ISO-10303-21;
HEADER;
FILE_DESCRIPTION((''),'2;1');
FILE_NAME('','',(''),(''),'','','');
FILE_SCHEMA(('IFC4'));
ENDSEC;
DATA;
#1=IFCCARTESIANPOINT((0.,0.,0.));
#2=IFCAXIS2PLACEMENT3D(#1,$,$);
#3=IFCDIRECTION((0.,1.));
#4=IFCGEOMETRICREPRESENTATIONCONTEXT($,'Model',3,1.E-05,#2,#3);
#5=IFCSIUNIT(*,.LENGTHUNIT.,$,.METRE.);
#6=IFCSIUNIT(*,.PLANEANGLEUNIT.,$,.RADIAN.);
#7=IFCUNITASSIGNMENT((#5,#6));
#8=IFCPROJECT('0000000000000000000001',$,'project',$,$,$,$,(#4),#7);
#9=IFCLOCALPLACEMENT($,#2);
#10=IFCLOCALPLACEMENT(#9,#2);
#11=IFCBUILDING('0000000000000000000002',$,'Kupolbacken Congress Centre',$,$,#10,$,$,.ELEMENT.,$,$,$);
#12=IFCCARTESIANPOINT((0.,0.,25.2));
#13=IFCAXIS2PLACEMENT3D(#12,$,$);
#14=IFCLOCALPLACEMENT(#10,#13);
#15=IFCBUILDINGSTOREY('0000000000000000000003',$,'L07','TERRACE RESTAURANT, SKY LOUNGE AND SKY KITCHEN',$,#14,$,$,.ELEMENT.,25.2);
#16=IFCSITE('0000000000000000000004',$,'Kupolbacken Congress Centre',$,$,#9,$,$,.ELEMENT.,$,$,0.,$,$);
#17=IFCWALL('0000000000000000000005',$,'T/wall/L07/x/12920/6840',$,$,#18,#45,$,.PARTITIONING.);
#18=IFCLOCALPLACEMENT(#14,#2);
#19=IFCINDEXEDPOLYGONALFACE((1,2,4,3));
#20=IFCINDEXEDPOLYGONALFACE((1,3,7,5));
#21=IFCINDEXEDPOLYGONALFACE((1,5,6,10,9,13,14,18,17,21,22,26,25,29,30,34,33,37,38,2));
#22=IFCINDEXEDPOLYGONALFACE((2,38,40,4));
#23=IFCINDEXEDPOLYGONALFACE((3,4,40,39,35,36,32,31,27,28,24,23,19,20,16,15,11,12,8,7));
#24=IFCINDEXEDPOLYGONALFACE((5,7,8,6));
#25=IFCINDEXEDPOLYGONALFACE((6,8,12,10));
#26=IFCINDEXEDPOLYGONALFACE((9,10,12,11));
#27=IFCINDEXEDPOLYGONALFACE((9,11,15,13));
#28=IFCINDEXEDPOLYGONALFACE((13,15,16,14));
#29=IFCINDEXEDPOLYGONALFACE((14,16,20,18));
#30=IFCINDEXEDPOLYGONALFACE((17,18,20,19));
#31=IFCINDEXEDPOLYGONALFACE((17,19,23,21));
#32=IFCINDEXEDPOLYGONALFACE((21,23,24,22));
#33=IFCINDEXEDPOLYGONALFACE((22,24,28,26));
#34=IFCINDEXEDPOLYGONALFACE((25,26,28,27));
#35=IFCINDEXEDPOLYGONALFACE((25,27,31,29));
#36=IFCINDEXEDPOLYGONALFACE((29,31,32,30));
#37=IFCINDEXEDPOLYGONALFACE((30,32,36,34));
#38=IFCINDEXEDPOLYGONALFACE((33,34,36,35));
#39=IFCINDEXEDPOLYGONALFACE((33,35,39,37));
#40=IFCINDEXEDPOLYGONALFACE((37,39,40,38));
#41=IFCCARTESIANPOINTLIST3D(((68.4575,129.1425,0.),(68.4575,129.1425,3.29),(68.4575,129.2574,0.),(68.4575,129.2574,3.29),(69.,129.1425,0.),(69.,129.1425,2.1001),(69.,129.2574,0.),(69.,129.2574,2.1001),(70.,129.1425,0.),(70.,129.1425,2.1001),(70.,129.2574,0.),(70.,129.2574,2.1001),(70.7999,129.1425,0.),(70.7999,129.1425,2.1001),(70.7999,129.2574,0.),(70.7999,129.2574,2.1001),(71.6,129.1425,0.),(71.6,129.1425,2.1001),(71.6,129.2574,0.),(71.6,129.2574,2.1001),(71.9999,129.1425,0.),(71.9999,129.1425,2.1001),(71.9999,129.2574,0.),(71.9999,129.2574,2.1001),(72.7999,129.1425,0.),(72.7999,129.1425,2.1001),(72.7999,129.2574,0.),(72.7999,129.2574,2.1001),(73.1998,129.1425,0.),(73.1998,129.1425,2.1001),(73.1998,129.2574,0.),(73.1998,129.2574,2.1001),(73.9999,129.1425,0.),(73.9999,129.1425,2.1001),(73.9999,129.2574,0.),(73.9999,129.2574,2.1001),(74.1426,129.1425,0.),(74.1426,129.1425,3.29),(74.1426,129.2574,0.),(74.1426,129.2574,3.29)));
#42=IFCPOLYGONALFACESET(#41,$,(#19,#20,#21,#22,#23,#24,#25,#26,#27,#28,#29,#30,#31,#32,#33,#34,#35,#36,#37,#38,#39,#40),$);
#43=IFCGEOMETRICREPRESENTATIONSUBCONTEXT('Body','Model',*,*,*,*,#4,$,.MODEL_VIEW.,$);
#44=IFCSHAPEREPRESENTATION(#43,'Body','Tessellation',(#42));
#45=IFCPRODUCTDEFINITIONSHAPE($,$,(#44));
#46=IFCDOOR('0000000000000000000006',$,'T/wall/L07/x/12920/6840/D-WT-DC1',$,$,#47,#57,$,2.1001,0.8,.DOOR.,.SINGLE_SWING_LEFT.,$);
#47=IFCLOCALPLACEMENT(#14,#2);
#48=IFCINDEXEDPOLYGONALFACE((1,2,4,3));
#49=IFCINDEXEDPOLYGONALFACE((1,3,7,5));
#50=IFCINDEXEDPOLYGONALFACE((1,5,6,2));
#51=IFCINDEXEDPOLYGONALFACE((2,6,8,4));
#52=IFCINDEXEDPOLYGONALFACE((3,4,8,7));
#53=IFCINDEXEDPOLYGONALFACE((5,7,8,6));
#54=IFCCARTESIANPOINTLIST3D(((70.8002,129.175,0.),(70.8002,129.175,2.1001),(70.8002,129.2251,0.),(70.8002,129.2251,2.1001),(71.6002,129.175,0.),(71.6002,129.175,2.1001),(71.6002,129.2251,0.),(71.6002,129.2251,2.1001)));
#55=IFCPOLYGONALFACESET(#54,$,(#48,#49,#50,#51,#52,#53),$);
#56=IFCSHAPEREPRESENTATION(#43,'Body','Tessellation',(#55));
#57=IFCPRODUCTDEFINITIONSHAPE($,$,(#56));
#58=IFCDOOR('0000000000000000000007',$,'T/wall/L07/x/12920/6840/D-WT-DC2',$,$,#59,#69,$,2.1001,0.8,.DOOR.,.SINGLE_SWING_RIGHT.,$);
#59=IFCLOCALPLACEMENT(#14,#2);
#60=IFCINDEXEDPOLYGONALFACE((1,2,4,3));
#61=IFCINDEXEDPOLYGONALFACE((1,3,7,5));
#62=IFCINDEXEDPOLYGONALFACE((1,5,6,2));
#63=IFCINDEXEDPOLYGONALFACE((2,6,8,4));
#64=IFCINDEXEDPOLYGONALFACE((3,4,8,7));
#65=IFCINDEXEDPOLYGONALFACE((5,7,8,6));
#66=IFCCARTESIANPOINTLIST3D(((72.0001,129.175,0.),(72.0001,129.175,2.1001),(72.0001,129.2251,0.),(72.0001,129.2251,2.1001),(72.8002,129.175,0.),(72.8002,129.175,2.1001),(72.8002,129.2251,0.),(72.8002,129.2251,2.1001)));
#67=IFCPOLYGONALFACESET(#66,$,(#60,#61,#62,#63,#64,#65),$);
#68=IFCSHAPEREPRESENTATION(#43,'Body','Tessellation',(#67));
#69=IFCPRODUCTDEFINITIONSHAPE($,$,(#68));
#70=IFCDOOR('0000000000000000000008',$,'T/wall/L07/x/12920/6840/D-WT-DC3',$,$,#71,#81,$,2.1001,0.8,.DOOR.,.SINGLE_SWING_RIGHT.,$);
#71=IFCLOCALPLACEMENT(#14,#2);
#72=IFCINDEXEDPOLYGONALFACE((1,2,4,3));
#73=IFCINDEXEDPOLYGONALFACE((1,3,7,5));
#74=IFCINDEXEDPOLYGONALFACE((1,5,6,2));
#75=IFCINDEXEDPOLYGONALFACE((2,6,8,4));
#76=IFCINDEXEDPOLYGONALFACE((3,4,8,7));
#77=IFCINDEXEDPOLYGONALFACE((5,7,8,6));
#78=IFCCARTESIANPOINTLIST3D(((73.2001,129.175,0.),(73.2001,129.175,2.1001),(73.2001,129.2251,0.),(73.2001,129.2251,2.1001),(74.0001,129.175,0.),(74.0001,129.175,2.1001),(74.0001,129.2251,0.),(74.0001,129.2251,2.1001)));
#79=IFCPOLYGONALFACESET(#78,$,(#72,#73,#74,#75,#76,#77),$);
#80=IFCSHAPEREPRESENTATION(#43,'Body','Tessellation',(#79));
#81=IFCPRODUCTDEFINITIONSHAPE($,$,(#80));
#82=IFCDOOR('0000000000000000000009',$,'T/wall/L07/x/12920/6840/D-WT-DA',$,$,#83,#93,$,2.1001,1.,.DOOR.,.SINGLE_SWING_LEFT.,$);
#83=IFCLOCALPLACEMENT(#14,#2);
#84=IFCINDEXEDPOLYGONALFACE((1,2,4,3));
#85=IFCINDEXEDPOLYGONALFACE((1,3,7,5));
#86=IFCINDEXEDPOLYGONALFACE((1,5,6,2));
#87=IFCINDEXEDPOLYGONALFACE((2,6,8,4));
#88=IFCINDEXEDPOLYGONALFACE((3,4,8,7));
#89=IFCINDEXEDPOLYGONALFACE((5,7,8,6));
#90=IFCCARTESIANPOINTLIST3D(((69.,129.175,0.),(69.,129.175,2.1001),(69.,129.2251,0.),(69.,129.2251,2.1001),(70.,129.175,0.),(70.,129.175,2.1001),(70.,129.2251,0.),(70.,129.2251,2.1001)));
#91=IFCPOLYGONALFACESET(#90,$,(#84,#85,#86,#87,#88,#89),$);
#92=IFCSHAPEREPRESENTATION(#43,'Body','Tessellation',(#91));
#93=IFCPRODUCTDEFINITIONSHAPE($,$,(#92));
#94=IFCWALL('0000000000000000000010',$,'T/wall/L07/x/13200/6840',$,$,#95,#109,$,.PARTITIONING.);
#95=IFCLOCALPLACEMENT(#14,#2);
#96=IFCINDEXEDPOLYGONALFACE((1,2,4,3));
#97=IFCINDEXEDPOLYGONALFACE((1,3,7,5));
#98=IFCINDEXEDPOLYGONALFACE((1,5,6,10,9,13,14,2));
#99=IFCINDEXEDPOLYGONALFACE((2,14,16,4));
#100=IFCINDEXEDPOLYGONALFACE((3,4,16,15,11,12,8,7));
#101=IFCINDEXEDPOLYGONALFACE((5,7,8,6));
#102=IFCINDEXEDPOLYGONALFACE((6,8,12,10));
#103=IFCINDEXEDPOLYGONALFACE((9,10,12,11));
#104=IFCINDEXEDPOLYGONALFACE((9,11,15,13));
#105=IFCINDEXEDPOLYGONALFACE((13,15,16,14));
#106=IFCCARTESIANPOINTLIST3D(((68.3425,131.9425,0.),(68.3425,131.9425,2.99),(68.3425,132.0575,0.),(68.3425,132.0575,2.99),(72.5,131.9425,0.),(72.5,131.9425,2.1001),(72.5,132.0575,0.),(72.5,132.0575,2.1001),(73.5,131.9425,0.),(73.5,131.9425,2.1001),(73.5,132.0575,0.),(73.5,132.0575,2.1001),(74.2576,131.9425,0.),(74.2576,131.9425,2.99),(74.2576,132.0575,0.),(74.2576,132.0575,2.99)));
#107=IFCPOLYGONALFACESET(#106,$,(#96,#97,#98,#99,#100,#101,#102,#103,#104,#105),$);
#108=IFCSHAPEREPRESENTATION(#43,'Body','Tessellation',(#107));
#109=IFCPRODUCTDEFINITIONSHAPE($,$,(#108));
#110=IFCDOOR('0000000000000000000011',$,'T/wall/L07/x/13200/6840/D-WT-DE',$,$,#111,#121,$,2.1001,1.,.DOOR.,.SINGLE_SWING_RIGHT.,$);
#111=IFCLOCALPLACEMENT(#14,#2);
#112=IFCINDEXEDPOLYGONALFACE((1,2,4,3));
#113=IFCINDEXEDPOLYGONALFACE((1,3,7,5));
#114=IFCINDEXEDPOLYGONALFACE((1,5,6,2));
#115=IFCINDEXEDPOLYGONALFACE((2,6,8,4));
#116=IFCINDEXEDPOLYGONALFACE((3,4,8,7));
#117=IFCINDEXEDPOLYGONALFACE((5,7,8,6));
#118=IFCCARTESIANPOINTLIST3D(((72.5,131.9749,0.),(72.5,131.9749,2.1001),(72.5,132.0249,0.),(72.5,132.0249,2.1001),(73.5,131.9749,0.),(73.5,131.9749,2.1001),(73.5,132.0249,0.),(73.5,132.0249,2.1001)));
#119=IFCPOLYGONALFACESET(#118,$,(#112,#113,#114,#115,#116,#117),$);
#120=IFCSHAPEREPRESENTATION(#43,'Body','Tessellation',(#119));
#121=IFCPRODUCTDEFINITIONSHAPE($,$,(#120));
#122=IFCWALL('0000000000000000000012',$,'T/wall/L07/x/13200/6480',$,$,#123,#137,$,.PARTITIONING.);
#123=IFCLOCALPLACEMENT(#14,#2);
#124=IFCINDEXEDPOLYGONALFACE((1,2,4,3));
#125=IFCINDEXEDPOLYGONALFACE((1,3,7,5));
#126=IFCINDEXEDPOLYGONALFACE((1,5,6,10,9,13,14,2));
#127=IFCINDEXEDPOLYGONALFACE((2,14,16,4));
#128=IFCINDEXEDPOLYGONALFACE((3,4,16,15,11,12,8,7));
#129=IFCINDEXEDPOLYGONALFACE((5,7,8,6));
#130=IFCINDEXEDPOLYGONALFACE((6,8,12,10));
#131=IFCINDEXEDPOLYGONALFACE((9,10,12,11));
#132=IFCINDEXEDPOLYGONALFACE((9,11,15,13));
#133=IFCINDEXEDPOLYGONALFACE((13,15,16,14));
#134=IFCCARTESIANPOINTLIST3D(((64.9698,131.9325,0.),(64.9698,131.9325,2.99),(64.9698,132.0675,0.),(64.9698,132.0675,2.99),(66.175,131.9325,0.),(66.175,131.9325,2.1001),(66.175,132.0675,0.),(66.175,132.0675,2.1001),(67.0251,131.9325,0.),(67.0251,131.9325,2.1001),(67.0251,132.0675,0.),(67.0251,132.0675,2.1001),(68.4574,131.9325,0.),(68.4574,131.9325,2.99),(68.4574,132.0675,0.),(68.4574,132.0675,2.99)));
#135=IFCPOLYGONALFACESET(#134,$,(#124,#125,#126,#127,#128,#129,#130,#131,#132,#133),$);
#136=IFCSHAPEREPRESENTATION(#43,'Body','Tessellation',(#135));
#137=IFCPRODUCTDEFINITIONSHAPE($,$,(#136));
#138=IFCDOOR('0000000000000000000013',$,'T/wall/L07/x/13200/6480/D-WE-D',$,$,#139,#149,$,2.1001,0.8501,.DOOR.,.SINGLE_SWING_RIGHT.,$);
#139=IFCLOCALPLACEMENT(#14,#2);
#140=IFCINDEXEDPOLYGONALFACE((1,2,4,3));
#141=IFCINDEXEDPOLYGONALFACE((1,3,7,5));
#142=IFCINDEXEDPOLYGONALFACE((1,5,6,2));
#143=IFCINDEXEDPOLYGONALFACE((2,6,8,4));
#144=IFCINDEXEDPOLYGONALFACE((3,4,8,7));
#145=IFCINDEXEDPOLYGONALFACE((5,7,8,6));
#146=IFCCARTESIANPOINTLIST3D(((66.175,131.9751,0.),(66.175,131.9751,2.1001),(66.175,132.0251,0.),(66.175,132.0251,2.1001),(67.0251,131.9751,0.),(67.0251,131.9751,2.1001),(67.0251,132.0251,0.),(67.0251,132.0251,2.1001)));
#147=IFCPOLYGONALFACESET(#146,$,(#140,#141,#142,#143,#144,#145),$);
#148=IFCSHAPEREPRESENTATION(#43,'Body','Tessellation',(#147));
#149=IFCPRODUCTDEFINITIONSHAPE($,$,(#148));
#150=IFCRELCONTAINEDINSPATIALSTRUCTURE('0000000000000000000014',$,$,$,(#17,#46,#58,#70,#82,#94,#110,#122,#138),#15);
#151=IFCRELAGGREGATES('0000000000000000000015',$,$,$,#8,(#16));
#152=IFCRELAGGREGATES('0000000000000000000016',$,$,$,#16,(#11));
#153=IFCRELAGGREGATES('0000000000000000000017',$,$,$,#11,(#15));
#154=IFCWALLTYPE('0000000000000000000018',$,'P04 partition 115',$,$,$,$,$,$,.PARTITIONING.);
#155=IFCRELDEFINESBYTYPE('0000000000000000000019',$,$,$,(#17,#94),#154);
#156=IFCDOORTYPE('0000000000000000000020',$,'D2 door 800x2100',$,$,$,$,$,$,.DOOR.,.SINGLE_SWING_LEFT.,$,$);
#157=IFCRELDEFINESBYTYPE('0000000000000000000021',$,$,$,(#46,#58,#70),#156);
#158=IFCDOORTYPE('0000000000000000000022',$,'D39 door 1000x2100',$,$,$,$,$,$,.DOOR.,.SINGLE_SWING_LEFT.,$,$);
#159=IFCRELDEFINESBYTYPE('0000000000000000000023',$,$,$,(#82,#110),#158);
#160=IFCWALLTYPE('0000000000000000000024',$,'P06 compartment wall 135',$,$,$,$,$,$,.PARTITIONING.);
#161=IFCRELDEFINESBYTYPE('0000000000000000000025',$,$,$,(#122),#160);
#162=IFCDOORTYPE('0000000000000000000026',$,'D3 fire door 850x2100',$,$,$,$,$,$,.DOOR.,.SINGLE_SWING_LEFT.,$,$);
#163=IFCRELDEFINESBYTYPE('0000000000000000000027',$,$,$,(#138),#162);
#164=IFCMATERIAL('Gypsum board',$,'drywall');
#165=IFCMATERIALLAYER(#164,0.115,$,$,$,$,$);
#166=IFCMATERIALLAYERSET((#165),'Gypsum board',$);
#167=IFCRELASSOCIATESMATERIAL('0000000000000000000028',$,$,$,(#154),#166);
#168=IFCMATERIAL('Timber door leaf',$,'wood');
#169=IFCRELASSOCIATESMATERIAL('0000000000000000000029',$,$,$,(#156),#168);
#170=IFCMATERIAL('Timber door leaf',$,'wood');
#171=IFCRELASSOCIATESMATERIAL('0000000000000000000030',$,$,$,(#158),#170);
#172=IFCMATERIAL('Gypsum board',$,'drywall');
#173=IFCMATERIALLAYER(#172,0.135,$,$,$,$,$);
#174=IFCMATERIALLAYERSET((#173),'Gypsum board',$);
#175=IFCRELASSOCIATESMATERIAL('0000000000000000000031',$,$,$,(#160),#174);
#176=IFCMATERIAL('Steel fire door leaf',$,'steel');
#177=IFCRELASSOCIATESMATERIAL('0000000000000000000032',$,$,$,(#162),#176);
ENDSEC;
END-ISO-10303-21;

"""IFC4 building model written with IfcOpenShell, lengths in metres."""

from ifc_helpers import new_model, si_unit, direction, frame, frame_2d, origin, place, context, subcontext, project, spatial, rectangle, extrude, material, layer, layer_set, type_object, element, fill, save


model = new_model("IFC4")

# Units and contexts
model_context = context("Model", 3, precision=1e-05, world=origin(), true_north=direction((0.0, 1.0)))
body_context = subcontext(model_context, "Body", "Model", "MODEL_VIEW")
ifc_project = project(units=[si_unit("LENGTHUNIT", "METRE"), si_unit("PLANEANGLEUNIT", "RADIAN")], contexts=[model_context])

# Site, building, storey
site_placement = place(None, origin())
site = spatial("IfcSite", under=ifc_project, at=site_placement, Name="Kupolbacken Congress Centre", CompositionType="ELEMENT", RefElevation=0.0)
building_placement = place(site_placement, origin())
building = spatial("IfcBuilding", under=site, at=building_placement, Name="Kupolbacken Congress Centre", CompositionType="ELEMENT")
storey_placement = place(building_placement, frame((0.0, 0.0, 25.2)))
storey = spatial("IfcBuildingStorey", under=building, at=storey_placement, Name="L07", Description="TERRACE RESTAURANT, SKY LOUNGE AND SKY KITCHEN", CompositionType="ELEMENT", Elevation=25.2)

# Wall, openings, doors
ifc_material_1 = material(Name="Gypsum board", Category="drywall")
ifc_layer_1 = layer(ifc_material_1, 0.115)
ifc_layer_set_1 = layer_set([ifc_layer_1], Name="Gypsum board")
wall_type_1 = type_object("IfcWallType", Name="P04 partition 115", PredefinedType="PARTITIONING", material=ifc_layer_set_1)
wall_1_placement = place(storey_placement, frame((68.4575, 129.2, 0.0), z_axis=(0.0, 0.0, 1.0), x_axis=(1.0, 0.0, 0.0)))
wall_1 = element("IfcWall", 1, at=wall_1_placement, inside=storey, type_object=wall_type_1, Name="T/wall/L07/x/12920/6840", PredefinedType="PARTITIONING", context=body_context, shape_type="SweptSolid", body=[
    extrude(rectangle(XDim=5.6851, YDim=0.115, at=frame_2d((2.8425, 0.0))), origin(), (0.0, 0.0, 1.0), 3.29),
])
opening_1_placement = place(wall_1_placement, frame((0.5425, 0.0, 0.0)))
opening_1 = element("IfcOpeningElement", 2, at=opening_1_placement, cuts=wall_1, PredefinedType="OPENING", context=body_context, shape_type="SweptSolid", body=[
    extrude(rectangle(XDim=1.0, YDim=2.1001, at=frame_2d((0.5, 1.05))), frame((0.0, 0.0674, 0.0), z_axis=(0.0, -1.0, 0.0), x_axis=(1.0, 0.0, 0.0)), (0.0, 0.0, 1.0), 0.135),
])
opening_2_placement = place(wall_1_placement, frame((2.3425, 0.0, 0.0)))
opening_2 = element("IfcOpeningElement", 3, at=opening_2_placement, cuts=wall_1, PredefinedType="OPENING", context=body_context, shape_type="SweptSolid", body=[
    extrude(rectangle(XDim=0.8, YDim=2.1001, at=frame_2d((0.3999, 1.05))), frame((0.0, 0.0674, 0.0), z_axis=(0.0, -1.0, 0.0), x_axis=(1.0, 0.0, 0.0)), (0.0, 0.0, 1.0), 0.135),
])
opening_3_placement = place(wall_1_placement, frame((3.5425, 0.0, 0.0)))
opening_3 = element("IfcOpeningElement", 4, at=opening_3_placement, cuts=wall_1, PredefinedType="OPENING", context=body_context, shape_type="SweptSolid", body=[
    extrude(rectangle(XDim=0.8, YDim=2.1001, at=frame_2d((0.3999, 1.05))), frame((0.0, 0.0674, 0.0), z_axis=(0.0, -1.0, 0.0), x_axis=(1.0, 0.0, 0.0)), (0.0, 0.0, 1.0), 0.135),
])
opening_4_placement = place(wall_1_placement, frame((4.7424, 0.0, 0.0)))
opening_4 = element("IfcOpeningElement", 5, at=opening_4_placement, cuts=wall_1, PredefinedType="OPENING", context=body_context, shape_type="SweptSolid", body=[
    extrude(rectangle(XDim=0.8, YDim=2.1001, at=frame_2d((0.3999, 1.05))), frame((0.0, 0.0674, 0.0), z_axis=(0.0, -1.0, 0.0), x_axis=(1.0, 0.0, 0.0)), (0.0, 0.0, 1.0), 0.135),
])
ifc_material_2 = material(Name="Timber door leaf", Category="wood")
door_type_1 = type_object("IfcDoorType", Name="D2 door 800x2100", OperationType="SINGLE_SWING_LEFT", PredefinedType="DOOR", material=ifc_material_2)
door_1_placement = place(opening_2_placement, frame((0.8, 0.0, 0.0), z_axis=(0.0, 0.0, 1.0), x_axis=(-1.0, 0.0, 0.0)))
door_1 = element("IfcDoor", 6, at=door_1_placement, inside=storey, type_object=door_type_1, Name="T/wall/L07/x/12920/6840/D-WT-DC1", OperationType="SINGLE_SWING_LEFT", OverallHeight=2.1001, OverallWidth=0.8, PredefinedType="DOOR", context=body_context, shape_type="SweptSolid", body=[
    extrude(rectangle(XDim=0.8, YDim=2.1001, at=frame_2d((0.3999, 1.05))), frame((0.0, 0.0249, 0.0), z_axis=(0.0, -1.0, 0.0), x_axis=(1.0, 0.0, 0.0)), (0.0, 0.0, 1.0), 0.05),
])
fill(opening_2, door_1)
door_2_placement = place(opening_3_placement, frame((0.8, 0.0, 0.0), z_axis=(0.0, 0.0, 1.0), x_axis=(-1.0, 0.0, 0.0)))
door_2 = element("IfcDoor", 7, at=door_2_placement, inside=storey, type_object=door_type_1, Name="T/wall/L07/x/12920/6840/D-WT-DC2", OperationType="SINGLE_SWING_RIGHT", OverallHeight=2.1001, OverallWidth=0.8, PredefinedType="DOOR", context=body_context, shape_type="SweptSolid", body=[
    extrude(rectangle(XDim=0.8, YDim=2.1001, at=frame_2d((0.3999, 1.05))), frame((0.0, 0.0249, 0.0), z_axis=(0.0, -1.0, 0.0), x_axis=(1.0, 0.0, 0.0)), (0.0, 0.0, 1.0), 0.05),
])
fill(opening_3, door_2)
door_3_placement = place(opening_4_placement, frame((0.8, 0.0, 0.0), z_axis=(0.0, 0.0, 1.0), x_axis=(-1.0, 0.0, 0.0)))
door_3 = element("IfcDoor", 8, at=door_3_placement, inside=storey, type_object=door_type_1, Name="T/wall/L07/x/12920/6840/D-WT-DC3", OperationType="SINGLE_SWING_RIGHT", OverallHeight=2.1001, OverallWidth=0.8, PredefinedType="DOOR", context=body_context, shape_type="SweptSolid", body=[
    extrude(rectangle(XDim=0.8, YDim=2.1001, at=frame_2d((0.3999, 1.05))), frame((0.0, 0.0249, 0.0), z_axis=(0.0, -1.0, 0.0), x_axis=(1.0, 0.0, 0.0)), (0.0, 0.0, 1.0), 0.05),
])
fill(opening_4, door_3)
ifc_material_3 = material(Name="Timber door leaf", Category="wood")
door_type_2 = type_object("IfcDoorType", Name="D39 door 1000x2100", OperationType="SINGLE_SWING_LEFT", PredefinedType="DOOR", material=ifc_material_3)
door_4_placement = place(opening_1_placement, frame((1.0, 0.0, 0.0), z_axis=(0.0, 0.0, 1.0), x_axis=(-1.0, 0.0, 0.0)))
door_4 = element("IfcDoor", 9, at=door_4_placement, inside=storey, type_object=door_type_2, Name="T/wall/L07/x/12920/6840/D-WT-DA", OperationType="SINGLE_SWING_LEFT", OverallHeight=2.1001, OverallWidth=1.0, PredefinedType="DOOR", context=body_context, shape_type="SweptSolid", body=[
    extrude(rectangle(XDim=1.0, YDim=2.1001, at=frame_2d((0.5, 1.05))), frame((0.0, 0.0249, 0.0), z_axis=(0.0, -1.0, 0.0), x_axis=(1.0, 0.0, 0.0)), (0.0, 0.0, 1.0), 0.05),
])
fill(opening_1, door_4)

# Walls, openings, doors
wall_2_placement = place(storey_placement, frame((68.3425, 132.0, 0.0), z_axis=(0.0, 0.0, 1.0), x_axis=(1.0, 0.0, 0.0)))
wall_2 = element("IfcWall", 10, at=wall_2_placement, inside=storey, type_object=wall_type_1, Name="T/wall/L07/x/13200/6840", PredefinedType="PARTITIONING", context=body_context, shape_type="SweptSolid", body=[
    extrude(rectangle(XDim=5.915, YDim=0.115, at=frame_2d((2.9575, 0.0))), origin(), (0.0, 0.0, 1.0), 2.99),
])
opening_5_placement = place(wall_2_placement, frame((4.1575, 0.0, 0.0)))
opening_5 = element("IfcOpeningElement", 11, at=opening_5_placement, cuts=wall_2, PredefinedType="OPENING", context=body_context, shape_type="SweptSolid", body=[
    extrude(rectangle(XDim=1.0, YDim=2.1001, at=frame_2d((0.5, 1.05))), frame((0.0, 0.0674, 0.0), z_axis=(0.0, -1.0, 0.0), x_axis=(1.0, 0.0, 0.0)), (0.0, 0.0, 1.0), 0.135),
])
door_5_placement = place(opening_5_placement, origin())
door_5 = element("IfcDoor", 12, at=door_5_placement, inside=storey, type_object=door_type_2, Name="T/wall/L07/x/13200/6840/D-WT-DE", OperationType="SINGLE_SWING_RIGHT", OverallHeight=2.1001, OverallWidth=1.0, PredefinedType="DOOR", context=body_context, shape_type="SweptSolid", body=[
    extrude(rectangle(XDim=1.0, YDim=2.1001, at=frame_2d((0.5, 1.05))), frame((0.0, 0.0249, 0.0), z_axis=(0.0, -1.0, 0.0), x_axis=(1.0, 0.0, 0.0)), (0.0, 0.0, 1.0), 0.05),
])
fill(opening_5, door_5)
ifc_material_4 = material(Name="Gypsum board", Category="drywall")
ifc_layer_2 = layer(ifc_material_4, 0.135)
ifc_layer_set_2 = layer_set([ifc_layer_2], Name="Gypsum board")
wall_type_2 = type_object("IfcWallType", Name="P06 compartment wall 135", PredefinedType="PARTITIONING", material=ifc_layer_set_2)
wall_3_placement = place(storey_placement, frame((64.97, 132.0, 0.0), z_axis=(0.0, 0.0, 1.0), x_axis=(1.0, 0.0, 0.0)))
wall_3 = element("IfcWall", 13, at=wall_3_placement, inside=storey, type_object=wall_type_2, Name="T/wall/L07/x/13200/6480", PredefinedType="PARTITIONING", context=body_context, shape_type="SweptSolid", body=[
    extrude(rectangle(XDim=3.4875, YDim=0.135, at=frame_2d((1.7437, 0.0))), origin(), (0.0, 0.0, 1.0), 2.99),
])
opening_6_placement = place(wall_3_placement, frame((1.2051, 0.0, 0.0)))
opening_6 = element("IfcOpeningElement", 14, at=opening_6_placement, cuts=wall_3, PredefinedType="OPENING", context=body_context, shape_type="SweptSolid", body=[
    extrude(rectangle(XDim=0.8501, YDim=2.1001, at=frame_2d((0.425, 1.05))), frame((0.0, 0.0774, 0.0), z_axis=(0.0, -1.0, 0.0), x_axis=(1.0, 0.0, 0.0)), (0.0, 0.0, 1.0), 0.155),
])
ifc_material_5 = material(Name="Steel fire door leaf", Category="steel")
door_type_3 = type_object("IfcDoorType", Name="D3 fire door 850x2100", OperationType="SINGLE_SWING_LEFT", PredefinedType="DOOR", material=ifc_material_5)
door_6_placement = place(opening_6_placement, frame((0.8501, 0.0, 0.0), z_axis=(0.0, 0.0, 1.0), x_axis=(-1.0, 0.0, 0.0)))
door_6 = element("IfcDoor", 15, at=door_6_placement, inside=storey, type_object=door_type_3, Name="T/wall/L07/x/13200/6480/D-WE-D", OperationType="SINGLE_SWING_RIGHT", OverallHeight=2.1001, OverallWidth=0.8501, PredefinedType="DOOR", context=body_context, shape_type="SweptSolid", body=[
    extrude(rectangle(XDim=0.8501, YDim=2.1001, at=frame_2d((0.425, 1.05))), frame((0.0, 0.0249, 0.0), z_axis=(0.0, -1.0, 0.0), x_axis=(1.0, 0.0, 0.0)), (0.0, 0.0, 1.0), 0.05),
])
fill(opening_6, door_6)

save(model, "model.ifc")
